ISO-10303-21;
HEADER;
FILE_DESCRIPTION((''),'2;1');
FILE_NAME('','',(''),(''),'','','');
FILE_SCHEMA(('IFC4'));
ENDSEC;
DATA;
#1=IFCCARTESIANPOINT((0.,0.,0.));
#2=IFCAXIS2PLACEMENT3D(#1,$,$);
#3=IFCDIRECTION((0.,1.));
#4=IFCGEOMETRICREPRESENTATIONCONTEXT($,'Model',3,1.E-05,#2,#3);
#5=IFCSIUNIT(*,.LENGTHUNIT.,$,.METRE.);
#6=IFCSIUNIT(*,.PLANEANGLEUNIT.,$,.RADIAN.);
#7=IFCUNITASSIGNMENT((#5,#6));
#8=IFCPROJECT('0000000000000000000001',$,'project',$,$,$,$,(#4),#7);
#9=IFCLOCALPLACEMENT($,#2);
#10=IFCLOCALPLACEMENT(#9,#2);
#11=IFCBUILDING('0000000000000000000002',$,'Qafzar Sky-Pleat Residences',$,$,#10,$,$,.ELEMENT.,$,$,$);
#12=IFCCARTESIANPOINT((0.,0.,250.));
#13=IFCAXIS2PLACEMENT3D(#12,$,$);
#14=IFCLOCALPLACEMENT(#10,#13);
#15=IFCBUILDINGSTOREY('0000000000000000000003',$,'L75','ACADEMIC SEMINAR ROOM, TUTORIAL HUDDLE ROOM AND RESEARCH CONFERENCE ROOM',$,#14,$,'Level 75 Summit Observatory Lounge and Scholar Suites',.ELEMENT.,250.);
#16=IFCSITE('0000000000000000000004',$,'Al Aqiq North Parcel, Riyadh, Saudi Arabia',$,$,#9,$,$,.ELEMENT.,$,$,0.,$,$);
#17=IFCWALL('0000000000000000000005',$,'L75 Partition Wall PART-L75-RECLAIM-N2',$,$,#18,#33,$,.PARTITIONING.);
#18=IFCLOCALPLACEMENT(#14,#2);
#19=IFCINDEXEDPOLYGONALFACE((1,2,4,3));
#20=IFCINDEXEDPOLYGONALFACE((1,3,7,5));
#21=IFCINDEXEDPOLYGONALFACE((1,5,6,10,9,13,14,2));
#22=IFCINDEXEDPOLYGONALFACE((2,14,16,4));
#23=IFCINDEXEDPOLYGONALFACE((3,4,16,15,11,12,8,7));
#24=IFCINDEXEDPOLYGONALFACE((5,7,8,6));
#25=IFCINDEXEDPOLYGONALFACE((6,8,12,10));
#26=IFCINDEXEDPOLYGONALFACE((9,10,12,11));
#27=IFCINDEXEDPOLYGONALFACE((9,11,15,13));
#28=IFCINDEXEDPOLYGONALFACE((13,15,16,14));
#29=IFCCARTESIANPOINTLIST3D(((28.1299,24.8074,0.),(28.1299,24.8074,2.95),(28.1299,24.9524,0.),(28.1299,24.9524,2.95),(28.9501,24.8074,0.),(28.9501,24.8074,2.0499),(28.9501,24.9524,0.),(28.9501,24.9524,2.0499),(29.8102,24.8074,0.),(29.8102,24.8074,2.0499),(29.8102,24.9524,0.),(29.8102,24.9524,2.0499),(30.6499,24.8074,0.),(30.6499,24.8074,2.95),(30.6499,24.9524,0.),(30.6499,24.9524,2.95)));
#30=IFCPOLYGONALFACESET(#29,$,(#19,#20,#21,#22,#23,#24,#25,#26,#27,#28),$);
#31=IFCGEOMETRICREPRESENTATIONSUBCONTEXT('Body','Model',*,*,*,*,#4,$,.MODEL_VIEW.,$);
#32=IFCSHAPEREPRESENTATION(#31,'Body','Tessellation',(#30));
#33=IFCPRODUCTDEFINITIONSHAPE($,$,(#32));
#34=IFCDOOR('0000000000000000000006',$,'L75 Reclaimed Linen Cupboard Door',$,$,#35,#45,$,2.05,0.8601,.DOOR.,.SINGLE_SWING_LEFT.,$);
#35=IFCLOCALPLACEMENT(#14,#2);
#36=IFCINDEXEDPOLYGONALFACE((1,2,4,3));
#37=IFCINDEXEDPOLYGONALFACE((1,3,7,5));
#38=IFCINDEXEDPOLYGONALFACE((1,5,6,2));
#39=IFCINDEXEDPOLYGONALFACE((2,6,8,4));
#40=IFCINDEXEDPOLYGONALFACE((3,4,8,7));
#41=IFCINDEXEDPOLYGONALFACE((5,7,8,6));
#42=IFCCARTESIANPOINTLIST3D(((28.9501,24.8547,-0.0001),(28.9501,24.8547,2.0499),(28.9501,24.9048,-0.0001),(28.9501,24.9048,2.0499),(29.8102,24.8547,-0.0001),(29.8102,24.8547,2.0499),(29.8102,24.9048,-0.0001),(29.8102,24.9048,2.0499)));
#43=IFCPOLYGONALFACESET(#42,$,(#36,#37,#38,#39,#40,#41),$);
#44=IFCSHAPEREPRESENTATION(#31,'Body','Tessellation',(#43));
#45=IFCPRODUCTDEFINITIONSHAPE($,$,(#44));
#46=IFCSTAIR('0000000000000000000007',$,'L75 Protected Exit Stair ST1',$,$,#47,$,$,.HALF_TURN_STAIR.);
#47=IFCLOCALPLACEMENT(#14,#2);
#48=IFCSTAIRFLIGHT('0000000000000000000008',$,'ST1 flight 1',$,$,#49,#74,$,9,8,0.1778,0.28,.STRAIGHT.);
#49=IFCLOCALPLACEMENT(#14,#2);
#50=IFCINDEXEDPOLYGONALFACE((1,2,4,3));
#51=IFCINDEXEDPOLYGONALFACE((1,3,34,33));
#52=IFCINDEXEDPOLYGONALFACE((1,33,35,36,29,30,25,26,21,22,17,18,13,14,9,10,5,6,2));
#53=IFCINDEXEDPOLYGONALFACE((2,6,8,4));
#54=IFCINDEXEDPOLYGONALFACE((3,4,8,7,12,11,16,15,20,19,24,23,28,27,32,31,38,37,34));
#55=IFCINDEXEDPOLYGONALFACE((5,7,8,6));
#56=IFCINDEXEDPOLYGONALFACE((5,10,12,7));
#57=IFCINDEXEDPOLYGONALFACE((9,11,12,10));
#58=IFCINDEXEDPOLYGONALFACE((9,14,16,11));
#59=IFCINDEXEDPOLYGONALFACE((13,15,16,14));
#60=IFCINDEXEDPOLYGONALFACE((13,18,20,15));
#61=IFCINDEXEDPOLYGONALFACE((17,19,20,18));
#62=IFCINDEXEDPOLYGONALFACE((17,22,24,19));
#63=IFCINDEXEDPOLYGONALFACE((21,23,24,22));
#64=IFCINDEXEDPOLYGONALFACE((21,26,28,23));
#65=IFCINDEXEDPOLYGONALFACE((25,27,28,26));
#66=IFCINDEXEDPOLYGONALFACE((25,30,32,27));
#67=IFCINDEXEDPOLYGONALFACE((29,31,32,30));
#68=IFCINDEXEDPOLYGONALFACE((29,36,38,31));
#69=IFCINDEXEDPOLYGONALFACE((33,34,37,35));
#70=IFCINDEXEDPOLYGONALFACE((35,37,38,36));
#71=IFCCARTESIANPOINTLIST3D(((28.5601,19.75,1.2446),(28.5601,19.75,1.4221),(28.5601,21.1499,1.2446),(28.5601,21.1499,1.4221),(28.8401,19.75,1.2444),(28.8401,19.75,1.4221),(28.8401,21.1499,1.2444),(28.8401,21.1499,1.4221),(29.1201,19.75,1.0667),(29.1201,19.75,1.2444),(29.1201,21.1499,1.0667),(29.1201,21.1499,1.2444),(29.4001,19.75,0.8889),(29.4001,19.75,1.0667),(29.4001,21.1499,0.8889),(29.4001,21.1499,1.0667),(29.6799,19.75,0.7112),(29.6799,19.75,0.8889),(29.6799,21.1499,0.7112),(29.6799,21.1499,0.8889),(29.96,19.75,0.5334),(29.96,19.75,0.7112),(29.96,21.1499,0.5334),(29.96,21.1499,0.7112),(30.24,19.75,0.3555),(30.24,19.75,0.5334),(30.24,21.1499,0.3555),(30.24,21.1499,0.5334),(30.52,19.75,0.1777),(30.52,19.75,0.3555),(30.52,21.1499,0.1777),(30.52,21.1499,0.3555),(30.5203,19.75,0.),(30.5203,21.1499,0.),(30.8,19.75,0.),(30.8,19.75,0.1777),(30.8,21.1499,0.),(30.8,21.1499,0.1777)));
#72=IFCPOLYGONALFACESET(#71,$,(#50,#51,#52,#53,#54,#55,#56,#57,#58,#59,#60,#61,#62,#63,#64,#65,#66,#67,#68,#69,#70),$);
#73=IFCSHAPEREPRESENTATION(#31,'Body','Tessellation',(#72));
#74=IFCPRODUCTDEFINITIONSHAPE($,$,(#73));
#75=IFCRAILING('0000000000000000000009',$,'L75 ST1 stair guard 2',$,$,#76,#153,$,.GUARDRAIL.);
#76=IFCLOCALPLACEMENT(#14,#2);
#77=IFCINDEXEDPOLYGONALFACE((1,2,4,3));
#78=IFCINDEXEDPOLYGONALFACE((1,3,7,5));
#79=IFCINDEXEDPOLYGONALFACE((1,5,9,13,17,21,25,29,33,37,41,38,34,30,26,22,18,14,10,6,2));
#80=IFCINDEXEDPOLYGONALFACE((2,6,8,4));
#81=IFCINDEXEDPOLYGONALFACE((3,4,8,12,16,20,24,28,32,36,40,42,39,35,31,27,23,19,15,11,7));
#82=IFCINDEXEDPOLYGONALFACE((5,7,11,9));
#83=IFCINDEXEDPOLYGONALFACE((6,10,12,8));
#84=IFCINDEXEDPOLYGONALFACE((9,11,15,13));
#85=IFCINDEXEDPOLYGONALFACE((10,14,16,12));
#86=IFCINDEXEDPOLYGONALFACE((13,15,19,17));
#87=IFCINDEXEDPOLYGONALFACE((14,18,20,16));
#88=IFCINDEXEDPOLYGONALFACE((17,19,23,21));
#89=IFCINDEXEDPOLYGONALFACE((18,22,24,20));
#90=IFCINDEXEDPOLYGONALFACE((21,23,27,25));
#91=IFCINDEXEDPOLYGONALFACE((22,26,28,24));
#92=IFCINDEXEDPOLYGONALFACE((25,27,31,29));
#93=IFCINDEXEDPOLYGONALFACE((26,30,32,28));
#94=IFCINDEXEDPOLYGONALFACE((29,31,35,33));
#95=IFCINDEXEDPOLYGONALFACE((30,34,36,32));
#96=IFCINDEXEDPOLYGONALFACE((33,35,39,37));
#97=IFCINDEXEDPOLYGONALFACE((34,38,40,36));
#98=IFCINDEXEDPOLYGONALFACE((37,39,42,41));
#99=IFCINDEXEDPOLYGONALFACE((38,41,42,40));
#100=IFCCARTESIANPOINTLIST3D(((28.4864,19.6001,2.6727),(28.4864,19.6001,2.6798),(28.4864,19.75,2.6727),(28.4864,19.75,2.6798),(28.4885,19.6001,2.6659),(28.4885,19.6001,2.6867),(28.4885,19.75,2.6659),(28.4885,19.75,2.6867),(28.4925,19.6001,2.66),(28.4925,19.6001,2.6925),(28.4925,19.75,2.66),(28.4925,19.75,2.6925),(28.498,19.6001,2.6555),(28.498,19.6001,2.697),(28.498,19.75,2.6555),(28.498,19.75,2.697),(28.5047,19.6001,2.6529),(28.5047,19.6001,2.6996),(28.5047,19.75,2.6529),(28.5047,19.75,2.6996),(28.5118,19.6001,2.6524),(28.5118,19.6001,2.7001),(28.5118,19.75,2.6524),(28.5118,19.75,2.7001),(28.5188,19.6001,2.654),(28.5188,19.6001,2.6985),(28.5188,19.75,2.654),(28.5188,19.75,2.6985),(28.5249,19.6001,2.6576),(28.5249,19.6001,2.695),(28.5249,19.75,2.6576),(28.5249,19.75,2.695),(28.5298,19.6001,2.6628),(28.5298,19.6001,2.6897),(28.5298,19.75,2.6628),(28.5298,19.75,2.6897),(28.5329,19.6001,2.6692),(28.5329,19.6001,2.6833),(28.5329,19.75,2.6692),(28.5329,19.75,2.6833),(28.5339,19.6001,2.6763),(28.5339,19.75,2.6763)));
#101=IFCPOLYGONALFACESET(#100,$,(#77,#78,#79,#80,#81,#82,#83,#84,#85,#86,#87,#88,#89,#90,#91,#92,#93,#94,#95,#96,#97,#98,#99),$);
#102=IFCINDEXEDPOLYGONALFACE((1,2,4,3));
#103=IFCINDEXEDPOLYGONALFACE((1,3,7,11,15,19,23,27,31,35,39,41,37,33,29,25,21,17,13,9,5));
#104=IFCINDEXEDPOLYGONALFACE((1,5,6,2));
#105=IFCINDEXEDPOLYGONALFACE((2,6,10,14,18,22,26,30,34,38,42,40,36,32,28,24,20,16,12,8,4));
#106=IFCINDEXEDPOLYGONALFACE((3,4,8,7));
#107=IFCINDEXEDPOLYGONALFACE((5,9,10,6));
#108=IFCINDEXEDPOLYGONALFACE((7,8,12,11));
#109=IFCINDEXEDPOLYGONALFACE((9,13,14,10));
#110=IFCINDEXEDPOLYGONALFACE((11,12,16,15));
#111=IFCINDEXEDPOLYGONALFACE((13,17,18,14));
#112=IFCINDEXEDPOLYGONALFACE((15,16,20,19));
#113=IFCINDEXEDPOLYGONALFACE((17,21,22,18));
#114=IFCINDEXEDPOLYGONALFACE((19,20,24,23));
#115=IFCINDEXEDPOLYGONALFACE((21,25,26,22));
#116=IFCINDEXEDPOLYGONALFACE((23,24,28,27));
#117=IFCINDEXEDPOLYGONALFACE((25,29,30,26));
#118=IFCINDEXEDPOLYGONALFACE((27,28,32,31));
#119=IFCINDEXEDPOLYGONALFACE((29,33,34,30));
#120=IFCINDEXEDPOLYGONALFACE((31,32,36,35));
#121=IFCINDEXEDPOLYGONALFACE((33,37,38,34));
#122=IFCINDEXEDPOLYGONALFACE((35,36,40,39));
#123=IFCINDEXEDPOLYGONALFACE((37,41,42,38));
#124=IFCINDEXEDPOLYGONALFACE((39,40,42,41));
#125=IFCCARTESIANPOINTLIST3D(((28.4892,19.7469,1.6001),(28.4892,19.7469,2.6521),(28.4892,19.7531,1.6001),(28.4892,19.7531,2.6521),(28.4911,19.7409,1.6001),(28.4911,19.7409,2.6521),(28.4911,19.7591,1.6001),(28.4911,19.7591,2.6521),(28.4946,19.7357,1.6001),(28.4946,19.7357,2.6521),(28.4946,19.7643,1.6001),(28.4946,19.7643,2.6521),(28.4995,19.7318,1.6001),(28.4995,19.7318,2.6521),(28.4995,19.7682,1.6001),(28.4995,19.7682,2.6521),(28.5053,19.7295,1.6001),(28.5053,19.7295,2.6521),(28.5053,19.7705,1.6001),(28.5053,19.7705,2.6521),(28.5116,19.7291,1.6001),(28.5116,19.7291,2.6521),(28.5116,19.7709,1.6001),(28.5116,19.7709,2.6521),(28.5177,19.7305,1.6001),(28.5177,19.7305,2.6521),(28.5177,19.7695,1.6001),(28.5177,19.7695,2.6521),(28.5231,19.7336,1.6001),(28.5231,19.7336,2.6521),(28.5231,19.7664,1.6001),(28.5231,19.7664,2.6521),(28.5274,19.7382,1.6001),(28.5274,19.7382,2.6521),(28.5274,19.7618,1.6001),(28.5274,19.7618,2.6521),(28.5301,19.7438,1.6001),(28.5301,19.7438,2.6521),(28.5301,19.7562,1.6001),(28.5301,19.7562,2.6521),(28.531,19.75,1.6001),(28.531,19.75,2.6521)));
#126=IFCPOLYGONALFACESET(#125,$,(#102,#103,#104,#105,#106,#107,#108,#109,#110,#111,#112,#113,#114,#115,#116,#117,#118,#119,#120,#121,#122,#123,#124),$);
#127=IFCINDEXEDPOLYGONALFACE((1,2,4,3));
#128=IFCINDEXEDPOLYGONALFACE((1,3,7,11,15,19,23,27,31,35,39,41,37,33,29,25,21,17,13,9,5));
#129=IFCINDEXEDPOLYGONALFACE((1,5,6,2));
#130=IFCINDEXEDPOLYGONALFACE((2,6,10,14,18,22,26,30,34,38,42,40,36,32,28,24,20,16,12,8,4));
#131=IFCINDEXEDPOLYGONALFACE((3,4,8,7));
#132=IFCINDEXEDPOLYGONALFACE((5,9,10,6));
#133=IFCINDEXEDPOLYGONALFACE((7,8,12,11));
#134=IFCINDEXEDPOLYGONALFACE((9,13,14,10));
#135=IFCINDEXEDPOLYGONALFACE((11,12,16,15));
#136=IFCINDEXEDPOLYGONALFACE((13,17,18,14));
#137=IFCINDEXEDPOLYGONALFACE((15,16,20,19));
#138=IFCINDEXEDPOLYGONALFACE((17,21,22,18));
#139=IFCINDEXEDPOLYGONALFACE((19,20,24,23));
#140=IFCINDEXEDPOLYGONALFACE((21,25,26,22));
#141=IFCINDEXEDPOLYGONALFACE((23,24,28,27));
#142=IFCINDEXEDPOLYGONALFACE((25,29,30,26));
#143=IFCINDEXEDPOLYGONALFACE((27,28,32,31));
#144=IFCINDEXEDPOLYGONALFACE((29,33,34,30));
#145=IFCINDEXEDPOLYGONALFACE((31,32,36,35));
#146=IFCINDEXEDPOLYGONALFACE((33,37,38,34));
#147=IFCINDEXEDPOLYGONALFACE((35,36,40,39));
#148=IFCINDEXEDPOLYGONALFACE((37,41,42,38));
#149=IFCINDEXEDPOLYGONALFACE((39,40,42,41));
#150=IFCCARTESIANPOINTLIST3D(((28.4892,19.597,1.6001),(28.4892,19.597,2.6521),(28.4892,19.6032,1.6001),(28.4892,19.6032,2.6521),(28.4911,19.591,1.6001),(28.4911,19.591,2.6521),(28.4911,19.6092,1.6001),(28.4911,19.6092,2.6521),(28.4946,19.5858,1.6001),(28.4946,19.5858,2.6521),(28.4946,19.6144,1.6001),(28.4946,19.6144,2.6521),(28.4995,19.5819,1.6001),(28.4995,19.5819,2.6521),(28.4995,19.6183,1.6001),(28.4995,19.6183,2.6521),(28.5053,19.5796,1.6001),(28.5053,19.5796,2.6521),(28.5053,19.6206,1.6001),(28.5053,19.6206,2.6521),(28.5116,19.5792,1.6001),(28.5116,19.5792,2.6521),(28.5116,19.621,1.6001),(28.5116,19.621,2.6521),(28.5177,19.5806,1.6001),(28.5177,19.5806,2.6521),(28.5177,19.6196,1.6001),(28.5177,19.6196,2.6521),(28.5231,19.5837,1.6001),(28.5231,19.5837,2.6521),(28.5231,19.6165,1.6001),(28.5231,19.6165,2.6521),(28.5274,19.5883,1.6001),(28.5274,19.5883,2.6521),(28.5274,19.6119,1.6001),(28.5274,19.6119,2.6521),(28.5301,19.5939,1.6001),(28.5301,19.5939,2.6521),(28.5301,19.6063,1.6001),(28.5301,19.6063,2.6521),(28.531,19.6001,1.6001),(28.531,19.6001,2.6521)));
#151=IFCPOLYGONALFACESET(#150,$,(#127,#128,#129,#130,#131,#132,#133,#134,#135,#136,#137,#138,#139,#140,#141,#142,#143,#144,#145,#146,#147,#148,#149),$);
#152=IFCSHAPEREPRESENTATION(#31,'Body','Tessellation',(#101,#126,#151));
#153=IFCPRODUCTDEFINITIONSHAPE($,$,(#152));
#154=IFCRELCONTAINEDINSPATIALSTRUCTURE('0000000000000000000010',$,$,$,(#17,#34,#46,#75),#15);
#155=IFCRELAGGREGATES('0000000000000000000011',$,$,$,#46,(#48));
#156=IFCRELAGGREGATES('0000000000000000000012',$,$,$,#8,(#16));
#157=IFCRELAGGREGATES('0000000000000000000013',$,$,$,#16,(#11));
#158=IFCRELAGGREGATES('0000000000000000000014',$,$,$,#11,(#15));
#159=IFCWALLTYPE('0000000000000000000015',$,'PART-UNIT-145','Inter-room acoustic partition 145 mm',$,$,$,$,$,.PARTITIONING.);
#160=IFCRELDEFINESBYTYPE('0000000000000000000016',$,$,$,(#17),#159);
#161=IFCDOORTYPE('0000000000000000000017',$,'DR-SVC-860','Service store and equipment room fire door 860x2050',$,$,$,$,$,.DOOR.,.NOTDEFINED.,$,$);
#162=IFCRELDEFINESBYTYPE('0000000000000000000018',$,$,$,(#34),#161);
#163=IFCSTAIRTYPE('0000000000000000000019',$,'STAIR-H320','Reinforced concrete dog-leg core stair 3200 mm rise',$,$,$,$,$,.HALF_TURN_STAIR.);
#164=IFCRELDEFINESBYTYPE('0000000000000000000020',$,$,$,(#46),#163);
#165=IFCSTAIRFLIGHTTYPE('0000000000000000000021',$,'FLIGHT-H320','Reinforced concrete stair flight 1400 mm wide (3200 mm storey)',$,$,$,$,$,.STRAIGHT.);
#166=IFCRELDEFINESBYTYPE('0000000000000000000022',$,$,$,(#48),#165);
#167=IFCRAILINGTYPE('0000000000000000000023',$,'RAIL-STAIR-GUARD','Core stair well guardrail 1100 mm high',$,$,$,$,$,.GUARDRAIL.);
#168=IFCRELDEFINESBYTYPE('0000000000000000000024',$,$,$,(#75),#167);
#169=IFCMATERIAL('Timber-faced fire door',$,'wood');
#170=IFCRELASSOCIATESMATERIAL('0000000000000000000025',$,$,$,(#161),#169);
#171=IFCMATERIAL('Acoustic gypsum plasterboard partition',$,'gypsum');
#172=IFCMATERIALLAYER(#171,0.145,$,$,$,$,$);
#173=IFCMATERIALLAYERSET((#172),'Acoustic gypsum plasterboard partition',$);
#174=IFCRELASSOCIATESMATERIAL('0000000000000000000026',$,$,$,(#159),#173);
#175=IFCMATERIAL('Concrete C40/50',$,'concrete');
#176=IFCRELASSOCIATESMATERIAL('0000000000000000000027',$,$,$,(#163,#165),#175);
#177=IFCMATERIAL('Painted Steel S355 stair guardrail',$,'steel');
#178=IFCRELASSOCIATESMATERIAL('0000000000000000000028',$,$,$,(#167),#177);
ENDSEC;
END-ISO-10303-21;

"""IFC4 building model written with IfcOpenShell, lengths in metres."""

from ifc_helpers import new_model, si_unit, direction, frame, frame_2d, origin, origin_2d, place, context, subcontext, project, spatial, polyline, rectangle, circle, outline, extrude, source, transform, mapped, material, layer, layer_set, type_object, element, fill, aggregate, save


model = new_model("IFC4")

# Units and contexts
model_context = context("Model", 3, precision=1e-05, world=origin(), true_north=direction((0.0, 1.0)))
body_context = subcontext(model_context, "Body", "Model", "MODEL_VIEW")
ifc_project = project(units=[si_unit("LENGTHUNIT", "METRE"), si_unit("PLANEANGLEUNIT", "RADIAN")], contexts=[model_context])

# Site, building, storey
site_placement = place(None, origin())
site = spatial("IfcSite", under=ifc_project, at=site_placement, Name="Al Aqiq North Parcel, Riyadh, Saudi Arabia", CompositionType="ELEMENT", RefElevation=0.0)
building_placement = place(site_placement, origin())
building = spatial("IfcBuilding", under=site, at=building_placement, Name="Qafzar Sky-Pleat Residences", CompositionType="ELEMENT")
storey_placement = place(building_placement, frame((0.0, 0.0, 250.0)))
storey = spatial("IfcBuildingStorey", under=building, at=storey_placement, Name="L75", Description="ACADEMIC SEMINAR ROOM, TUTORIAL HUDDLE ROOM AND RESEARCH CONFERENCE ROOM", LongName="Level 75 Summit Observatory Lounge and Scholar Suites", CompositionType="ELEMENT", Elevation=250.0)

# Shared definitions
ifc_material_1 = material(Name="Acoustic gypsum plasterboard partition", Category="gypsum")
ifc_material_2 = material(Name="Timber-faced fire door", Category="wood")

# Shared definitions
door_type_1 = type_object("IfcDoorType", Name="DR-SVC-860", Description="Service store and equipment room fire door 860x2050", OperationType="NOTDEFINED", PredefinedType="DOOR", material=ifc_material_2)
shared_shape_1 = source(origin(), body_context, "Body", "SweptSolid", [
    extrude(rectangle(XDim=0.8601, YDim=2.05, at=frame_2d((0.4302, 1.0249))), frame((0.0, 0.0249, 0.0), z_axis=(0.0, -1.0, 0.0), x_axis=(1.0, 0.0, 0.0)), (0.0, 0.0, 1.0), 0.05),
])

# Wall, opening, door
ifc_layer_1 = layer(ifc_material_1, 0.145)
ifc_layer_set_1 = layer_set([ifc_layer_1], Name="Acoustic gypsum plasterboard partition")
wall_type_1 = type_object("IfcWallType", Name="PART-UNIT-145", Description="Inter-room acoustic partition 145 mm", PredefinedType="PARTITIONING", material=ifc_layer_set_1)
wall_1_placement = place(storey_placement, frame((28.1299, 24.8799, 0.0), z_axis=(0.0, 0.0, 1.0), x_axis=(1.0, 0.0, 0.0)))
wall_1 = element("IfcWall", 1, at=wall_1_placement, inside=storey, type_object=wall_type_1, Name="L75 Partition Wall PART-L75-RECLAIM-N2", PredefinedType="PARTITIONING", context=body_context, shape_type="SweptSolid", body=[
    extrude(rectangle(XDim=2.52, YDim=0.145, at=frame_2d((1.26, 0.0))), origin(), (0.0, 0.0, 1.0), 2.95),
])
opening_1_placement = place(wall_1_placement, frame((0.8201, 0.0, 0.0)))
opening_1 = element("IfcOpeningElement", 2, at=opening_1_placement, cuts=wall_1, PredefinedType="OPENING", context=body_context, shape_type="SweptSolid", body=[
    extrude(rectangle(XDim=0.8601, YDim=2.05, at=frame_2d((0.4302, 1.0249))), frame((0.0, 0.0825, 0.0), z_axis=(0.0, -1.0, 0.0), x_axis=(1.0, 0.0, 0.0)), (0.0, 0.0, 1.0), 0.165),
])
door_1_placement = place(opening_1_placement, origin())
door_1 = element("IfcDoor", 3, at=door_1_placement, inside=storey, type_object=door_type_1, Name="L75 Reclaimed Linen Cupboard Door", OperationType="SINGLE_SWING_LEFT", OverallHeight=2.05, OverallWidth=0.8601, PredefinedType="DOOR", context=body_context, shape_type="MappedRepresentation", body=[
    mapped(shared_shape_1, transform((0.0, 0.0, 0.0), x_axis=(1.0, 0.0, 0.0), y_axis=(0.0, 1.0, 0.0), z_axis=(0.0, 0.0, 1.0), scale=1.0)),
])
fill(opening_1, door_1)

# Stair, stair flight
ifc_material_3 = material(Name="Concrete C40/50", Category="concrete")
stair_type = type_object("IfcStairType", Name="STAIR-H320", Description="Reinforced concrete dog-leg core stair 3200 mm rise", PredefinedType="HALF_TURN_STAIR", material=ifc_material_3)
stair_placement = place(storey_placement, origin())
stair = element("IfcStair", 4, at=stair_placement, inside=storey, type_object=stair_type, Name="L75 Protected Exit Stair ST1", PredefinedType="HALF_TURN_STAIR")
stair_flight_type = type_object("IfcStairFlightType", Name="FLIGHT-H320", Description="Reinforced concrete stair flight 1400 mm wide (3200 mm storey)", PredefinedType="STRAIGHT", material=ifc_material_3)
shared_shape_2 = source(origin(), body_context, "Body", "SweptSolid", [
    extrude(outline(polyline([(0.0, 0.0), (0.0, 0.1777), (0.28, 0.1777), (0.28, 0.3555), (0.5601, 0.3555), (0.5601, 0.5334), (0.8401, 0.5334), (0.8401, 0.7112), (1.1201, 0.7112), (1.1201, 0.8889), (1.3999, 0.8889), (1.3999, 1.0667), (1.6799, 1.0667), (1.6799, 1.2444), (1.96, 1.2444), (1.96, 1.4221), (2.24, 1.4221), (2.24, 1.6001), (2.24, 1.2446), (0.2798, 0.0), (0.0, 0.0)])), frame((0.0, 0.7, 0.0), z_axis=(0.0, -1.0, 0.0), x_axis=(1.0, 0.0, 0.0)), (0.0, 0.0, 1.0), 1.3999),
])
stair_flight_placement = place(storey_placement, frame((30.8, 20.45, 0.0), z_axis=(0.0, 0.0, 1.0), x_axis=(-1.0, 0.0, 0.0)))
stair_flight = element("IfcStairFlight", 5, at=stair_flight_placement, type_object=stair_flight_type, Name="ST1 flight 1", NumberOfRisers=9, NumberOfTreads=8, PredefinedType="STRAIGHT", RiserHeight=0.1778, TreadLength=0.28, context=body_context, shape_type="MappedRepresentation", body=[
    mapped(shared_shape_2, transform((0.0, 0.0, 0.0), x_axis=(1.0, 0.0, 0.0), y_axis=(0.0, 1.0, 0.0), z_axis=(0.0, 0.0, 1.0), scale=1.0)),
])
aggregate(stair, [stair_flight])

# Railing
ifc_material_4 = material(Name="Painted Steel S355 stair guardrail", Category="steel")
railing_type_1 = type_object("IfcRailingType", Name="RAIL-STAIR-GUARD", Description="Core stair well guardrail 1100 mm high", PredefinedType="GUARDRAIL", material=ifc_material_4)
shared_shape_3 = source(origin(), body_context, "Body", "SweptSolid", [
    extrude(circle(Radius=0.0239, at=origin_2d()), frame((0.0, 0.0, 1.0762), z_axis=(0.0, -1.0, 0.0), x_axis=(1.0, 0.0, 0.0)), (0.0, 0.0, 1.0), 0.1499),
    extrude(circle(Radius=0.021, at=origin_2d()), origin(), (0.0, 0.0, 1.0), 1.052),
    extrude(circle(Radius=0.021, at=origin_2d()), frame((0.0, -0.1499, 0.0)), (0.0, 0.0, 1.0), 1.052),
])
for number, where, name in (
    (6, (28.51, 19.75, 1.6001), "L75 ST1 stair guard 2"),
):
    element("IfcRailing", number, at=place(storey_placement, frame(where)), inside=storey, type_object=railing_type_1, Name=name, PredefinedType="GUARDRAIL", context=body_context, shape_type="MappedRepresentation", body=[
        mapped(shared_shape_3, transform((0.0, 0.0, 0.0), x_axis=(1.0, 0.0, 0.0), y_axis=(0.0, 1.0, 0.0), z_axis=(0.0, 0.0, 1.0), scale=1.0)),
    ])

save(model, "model.ifc")
